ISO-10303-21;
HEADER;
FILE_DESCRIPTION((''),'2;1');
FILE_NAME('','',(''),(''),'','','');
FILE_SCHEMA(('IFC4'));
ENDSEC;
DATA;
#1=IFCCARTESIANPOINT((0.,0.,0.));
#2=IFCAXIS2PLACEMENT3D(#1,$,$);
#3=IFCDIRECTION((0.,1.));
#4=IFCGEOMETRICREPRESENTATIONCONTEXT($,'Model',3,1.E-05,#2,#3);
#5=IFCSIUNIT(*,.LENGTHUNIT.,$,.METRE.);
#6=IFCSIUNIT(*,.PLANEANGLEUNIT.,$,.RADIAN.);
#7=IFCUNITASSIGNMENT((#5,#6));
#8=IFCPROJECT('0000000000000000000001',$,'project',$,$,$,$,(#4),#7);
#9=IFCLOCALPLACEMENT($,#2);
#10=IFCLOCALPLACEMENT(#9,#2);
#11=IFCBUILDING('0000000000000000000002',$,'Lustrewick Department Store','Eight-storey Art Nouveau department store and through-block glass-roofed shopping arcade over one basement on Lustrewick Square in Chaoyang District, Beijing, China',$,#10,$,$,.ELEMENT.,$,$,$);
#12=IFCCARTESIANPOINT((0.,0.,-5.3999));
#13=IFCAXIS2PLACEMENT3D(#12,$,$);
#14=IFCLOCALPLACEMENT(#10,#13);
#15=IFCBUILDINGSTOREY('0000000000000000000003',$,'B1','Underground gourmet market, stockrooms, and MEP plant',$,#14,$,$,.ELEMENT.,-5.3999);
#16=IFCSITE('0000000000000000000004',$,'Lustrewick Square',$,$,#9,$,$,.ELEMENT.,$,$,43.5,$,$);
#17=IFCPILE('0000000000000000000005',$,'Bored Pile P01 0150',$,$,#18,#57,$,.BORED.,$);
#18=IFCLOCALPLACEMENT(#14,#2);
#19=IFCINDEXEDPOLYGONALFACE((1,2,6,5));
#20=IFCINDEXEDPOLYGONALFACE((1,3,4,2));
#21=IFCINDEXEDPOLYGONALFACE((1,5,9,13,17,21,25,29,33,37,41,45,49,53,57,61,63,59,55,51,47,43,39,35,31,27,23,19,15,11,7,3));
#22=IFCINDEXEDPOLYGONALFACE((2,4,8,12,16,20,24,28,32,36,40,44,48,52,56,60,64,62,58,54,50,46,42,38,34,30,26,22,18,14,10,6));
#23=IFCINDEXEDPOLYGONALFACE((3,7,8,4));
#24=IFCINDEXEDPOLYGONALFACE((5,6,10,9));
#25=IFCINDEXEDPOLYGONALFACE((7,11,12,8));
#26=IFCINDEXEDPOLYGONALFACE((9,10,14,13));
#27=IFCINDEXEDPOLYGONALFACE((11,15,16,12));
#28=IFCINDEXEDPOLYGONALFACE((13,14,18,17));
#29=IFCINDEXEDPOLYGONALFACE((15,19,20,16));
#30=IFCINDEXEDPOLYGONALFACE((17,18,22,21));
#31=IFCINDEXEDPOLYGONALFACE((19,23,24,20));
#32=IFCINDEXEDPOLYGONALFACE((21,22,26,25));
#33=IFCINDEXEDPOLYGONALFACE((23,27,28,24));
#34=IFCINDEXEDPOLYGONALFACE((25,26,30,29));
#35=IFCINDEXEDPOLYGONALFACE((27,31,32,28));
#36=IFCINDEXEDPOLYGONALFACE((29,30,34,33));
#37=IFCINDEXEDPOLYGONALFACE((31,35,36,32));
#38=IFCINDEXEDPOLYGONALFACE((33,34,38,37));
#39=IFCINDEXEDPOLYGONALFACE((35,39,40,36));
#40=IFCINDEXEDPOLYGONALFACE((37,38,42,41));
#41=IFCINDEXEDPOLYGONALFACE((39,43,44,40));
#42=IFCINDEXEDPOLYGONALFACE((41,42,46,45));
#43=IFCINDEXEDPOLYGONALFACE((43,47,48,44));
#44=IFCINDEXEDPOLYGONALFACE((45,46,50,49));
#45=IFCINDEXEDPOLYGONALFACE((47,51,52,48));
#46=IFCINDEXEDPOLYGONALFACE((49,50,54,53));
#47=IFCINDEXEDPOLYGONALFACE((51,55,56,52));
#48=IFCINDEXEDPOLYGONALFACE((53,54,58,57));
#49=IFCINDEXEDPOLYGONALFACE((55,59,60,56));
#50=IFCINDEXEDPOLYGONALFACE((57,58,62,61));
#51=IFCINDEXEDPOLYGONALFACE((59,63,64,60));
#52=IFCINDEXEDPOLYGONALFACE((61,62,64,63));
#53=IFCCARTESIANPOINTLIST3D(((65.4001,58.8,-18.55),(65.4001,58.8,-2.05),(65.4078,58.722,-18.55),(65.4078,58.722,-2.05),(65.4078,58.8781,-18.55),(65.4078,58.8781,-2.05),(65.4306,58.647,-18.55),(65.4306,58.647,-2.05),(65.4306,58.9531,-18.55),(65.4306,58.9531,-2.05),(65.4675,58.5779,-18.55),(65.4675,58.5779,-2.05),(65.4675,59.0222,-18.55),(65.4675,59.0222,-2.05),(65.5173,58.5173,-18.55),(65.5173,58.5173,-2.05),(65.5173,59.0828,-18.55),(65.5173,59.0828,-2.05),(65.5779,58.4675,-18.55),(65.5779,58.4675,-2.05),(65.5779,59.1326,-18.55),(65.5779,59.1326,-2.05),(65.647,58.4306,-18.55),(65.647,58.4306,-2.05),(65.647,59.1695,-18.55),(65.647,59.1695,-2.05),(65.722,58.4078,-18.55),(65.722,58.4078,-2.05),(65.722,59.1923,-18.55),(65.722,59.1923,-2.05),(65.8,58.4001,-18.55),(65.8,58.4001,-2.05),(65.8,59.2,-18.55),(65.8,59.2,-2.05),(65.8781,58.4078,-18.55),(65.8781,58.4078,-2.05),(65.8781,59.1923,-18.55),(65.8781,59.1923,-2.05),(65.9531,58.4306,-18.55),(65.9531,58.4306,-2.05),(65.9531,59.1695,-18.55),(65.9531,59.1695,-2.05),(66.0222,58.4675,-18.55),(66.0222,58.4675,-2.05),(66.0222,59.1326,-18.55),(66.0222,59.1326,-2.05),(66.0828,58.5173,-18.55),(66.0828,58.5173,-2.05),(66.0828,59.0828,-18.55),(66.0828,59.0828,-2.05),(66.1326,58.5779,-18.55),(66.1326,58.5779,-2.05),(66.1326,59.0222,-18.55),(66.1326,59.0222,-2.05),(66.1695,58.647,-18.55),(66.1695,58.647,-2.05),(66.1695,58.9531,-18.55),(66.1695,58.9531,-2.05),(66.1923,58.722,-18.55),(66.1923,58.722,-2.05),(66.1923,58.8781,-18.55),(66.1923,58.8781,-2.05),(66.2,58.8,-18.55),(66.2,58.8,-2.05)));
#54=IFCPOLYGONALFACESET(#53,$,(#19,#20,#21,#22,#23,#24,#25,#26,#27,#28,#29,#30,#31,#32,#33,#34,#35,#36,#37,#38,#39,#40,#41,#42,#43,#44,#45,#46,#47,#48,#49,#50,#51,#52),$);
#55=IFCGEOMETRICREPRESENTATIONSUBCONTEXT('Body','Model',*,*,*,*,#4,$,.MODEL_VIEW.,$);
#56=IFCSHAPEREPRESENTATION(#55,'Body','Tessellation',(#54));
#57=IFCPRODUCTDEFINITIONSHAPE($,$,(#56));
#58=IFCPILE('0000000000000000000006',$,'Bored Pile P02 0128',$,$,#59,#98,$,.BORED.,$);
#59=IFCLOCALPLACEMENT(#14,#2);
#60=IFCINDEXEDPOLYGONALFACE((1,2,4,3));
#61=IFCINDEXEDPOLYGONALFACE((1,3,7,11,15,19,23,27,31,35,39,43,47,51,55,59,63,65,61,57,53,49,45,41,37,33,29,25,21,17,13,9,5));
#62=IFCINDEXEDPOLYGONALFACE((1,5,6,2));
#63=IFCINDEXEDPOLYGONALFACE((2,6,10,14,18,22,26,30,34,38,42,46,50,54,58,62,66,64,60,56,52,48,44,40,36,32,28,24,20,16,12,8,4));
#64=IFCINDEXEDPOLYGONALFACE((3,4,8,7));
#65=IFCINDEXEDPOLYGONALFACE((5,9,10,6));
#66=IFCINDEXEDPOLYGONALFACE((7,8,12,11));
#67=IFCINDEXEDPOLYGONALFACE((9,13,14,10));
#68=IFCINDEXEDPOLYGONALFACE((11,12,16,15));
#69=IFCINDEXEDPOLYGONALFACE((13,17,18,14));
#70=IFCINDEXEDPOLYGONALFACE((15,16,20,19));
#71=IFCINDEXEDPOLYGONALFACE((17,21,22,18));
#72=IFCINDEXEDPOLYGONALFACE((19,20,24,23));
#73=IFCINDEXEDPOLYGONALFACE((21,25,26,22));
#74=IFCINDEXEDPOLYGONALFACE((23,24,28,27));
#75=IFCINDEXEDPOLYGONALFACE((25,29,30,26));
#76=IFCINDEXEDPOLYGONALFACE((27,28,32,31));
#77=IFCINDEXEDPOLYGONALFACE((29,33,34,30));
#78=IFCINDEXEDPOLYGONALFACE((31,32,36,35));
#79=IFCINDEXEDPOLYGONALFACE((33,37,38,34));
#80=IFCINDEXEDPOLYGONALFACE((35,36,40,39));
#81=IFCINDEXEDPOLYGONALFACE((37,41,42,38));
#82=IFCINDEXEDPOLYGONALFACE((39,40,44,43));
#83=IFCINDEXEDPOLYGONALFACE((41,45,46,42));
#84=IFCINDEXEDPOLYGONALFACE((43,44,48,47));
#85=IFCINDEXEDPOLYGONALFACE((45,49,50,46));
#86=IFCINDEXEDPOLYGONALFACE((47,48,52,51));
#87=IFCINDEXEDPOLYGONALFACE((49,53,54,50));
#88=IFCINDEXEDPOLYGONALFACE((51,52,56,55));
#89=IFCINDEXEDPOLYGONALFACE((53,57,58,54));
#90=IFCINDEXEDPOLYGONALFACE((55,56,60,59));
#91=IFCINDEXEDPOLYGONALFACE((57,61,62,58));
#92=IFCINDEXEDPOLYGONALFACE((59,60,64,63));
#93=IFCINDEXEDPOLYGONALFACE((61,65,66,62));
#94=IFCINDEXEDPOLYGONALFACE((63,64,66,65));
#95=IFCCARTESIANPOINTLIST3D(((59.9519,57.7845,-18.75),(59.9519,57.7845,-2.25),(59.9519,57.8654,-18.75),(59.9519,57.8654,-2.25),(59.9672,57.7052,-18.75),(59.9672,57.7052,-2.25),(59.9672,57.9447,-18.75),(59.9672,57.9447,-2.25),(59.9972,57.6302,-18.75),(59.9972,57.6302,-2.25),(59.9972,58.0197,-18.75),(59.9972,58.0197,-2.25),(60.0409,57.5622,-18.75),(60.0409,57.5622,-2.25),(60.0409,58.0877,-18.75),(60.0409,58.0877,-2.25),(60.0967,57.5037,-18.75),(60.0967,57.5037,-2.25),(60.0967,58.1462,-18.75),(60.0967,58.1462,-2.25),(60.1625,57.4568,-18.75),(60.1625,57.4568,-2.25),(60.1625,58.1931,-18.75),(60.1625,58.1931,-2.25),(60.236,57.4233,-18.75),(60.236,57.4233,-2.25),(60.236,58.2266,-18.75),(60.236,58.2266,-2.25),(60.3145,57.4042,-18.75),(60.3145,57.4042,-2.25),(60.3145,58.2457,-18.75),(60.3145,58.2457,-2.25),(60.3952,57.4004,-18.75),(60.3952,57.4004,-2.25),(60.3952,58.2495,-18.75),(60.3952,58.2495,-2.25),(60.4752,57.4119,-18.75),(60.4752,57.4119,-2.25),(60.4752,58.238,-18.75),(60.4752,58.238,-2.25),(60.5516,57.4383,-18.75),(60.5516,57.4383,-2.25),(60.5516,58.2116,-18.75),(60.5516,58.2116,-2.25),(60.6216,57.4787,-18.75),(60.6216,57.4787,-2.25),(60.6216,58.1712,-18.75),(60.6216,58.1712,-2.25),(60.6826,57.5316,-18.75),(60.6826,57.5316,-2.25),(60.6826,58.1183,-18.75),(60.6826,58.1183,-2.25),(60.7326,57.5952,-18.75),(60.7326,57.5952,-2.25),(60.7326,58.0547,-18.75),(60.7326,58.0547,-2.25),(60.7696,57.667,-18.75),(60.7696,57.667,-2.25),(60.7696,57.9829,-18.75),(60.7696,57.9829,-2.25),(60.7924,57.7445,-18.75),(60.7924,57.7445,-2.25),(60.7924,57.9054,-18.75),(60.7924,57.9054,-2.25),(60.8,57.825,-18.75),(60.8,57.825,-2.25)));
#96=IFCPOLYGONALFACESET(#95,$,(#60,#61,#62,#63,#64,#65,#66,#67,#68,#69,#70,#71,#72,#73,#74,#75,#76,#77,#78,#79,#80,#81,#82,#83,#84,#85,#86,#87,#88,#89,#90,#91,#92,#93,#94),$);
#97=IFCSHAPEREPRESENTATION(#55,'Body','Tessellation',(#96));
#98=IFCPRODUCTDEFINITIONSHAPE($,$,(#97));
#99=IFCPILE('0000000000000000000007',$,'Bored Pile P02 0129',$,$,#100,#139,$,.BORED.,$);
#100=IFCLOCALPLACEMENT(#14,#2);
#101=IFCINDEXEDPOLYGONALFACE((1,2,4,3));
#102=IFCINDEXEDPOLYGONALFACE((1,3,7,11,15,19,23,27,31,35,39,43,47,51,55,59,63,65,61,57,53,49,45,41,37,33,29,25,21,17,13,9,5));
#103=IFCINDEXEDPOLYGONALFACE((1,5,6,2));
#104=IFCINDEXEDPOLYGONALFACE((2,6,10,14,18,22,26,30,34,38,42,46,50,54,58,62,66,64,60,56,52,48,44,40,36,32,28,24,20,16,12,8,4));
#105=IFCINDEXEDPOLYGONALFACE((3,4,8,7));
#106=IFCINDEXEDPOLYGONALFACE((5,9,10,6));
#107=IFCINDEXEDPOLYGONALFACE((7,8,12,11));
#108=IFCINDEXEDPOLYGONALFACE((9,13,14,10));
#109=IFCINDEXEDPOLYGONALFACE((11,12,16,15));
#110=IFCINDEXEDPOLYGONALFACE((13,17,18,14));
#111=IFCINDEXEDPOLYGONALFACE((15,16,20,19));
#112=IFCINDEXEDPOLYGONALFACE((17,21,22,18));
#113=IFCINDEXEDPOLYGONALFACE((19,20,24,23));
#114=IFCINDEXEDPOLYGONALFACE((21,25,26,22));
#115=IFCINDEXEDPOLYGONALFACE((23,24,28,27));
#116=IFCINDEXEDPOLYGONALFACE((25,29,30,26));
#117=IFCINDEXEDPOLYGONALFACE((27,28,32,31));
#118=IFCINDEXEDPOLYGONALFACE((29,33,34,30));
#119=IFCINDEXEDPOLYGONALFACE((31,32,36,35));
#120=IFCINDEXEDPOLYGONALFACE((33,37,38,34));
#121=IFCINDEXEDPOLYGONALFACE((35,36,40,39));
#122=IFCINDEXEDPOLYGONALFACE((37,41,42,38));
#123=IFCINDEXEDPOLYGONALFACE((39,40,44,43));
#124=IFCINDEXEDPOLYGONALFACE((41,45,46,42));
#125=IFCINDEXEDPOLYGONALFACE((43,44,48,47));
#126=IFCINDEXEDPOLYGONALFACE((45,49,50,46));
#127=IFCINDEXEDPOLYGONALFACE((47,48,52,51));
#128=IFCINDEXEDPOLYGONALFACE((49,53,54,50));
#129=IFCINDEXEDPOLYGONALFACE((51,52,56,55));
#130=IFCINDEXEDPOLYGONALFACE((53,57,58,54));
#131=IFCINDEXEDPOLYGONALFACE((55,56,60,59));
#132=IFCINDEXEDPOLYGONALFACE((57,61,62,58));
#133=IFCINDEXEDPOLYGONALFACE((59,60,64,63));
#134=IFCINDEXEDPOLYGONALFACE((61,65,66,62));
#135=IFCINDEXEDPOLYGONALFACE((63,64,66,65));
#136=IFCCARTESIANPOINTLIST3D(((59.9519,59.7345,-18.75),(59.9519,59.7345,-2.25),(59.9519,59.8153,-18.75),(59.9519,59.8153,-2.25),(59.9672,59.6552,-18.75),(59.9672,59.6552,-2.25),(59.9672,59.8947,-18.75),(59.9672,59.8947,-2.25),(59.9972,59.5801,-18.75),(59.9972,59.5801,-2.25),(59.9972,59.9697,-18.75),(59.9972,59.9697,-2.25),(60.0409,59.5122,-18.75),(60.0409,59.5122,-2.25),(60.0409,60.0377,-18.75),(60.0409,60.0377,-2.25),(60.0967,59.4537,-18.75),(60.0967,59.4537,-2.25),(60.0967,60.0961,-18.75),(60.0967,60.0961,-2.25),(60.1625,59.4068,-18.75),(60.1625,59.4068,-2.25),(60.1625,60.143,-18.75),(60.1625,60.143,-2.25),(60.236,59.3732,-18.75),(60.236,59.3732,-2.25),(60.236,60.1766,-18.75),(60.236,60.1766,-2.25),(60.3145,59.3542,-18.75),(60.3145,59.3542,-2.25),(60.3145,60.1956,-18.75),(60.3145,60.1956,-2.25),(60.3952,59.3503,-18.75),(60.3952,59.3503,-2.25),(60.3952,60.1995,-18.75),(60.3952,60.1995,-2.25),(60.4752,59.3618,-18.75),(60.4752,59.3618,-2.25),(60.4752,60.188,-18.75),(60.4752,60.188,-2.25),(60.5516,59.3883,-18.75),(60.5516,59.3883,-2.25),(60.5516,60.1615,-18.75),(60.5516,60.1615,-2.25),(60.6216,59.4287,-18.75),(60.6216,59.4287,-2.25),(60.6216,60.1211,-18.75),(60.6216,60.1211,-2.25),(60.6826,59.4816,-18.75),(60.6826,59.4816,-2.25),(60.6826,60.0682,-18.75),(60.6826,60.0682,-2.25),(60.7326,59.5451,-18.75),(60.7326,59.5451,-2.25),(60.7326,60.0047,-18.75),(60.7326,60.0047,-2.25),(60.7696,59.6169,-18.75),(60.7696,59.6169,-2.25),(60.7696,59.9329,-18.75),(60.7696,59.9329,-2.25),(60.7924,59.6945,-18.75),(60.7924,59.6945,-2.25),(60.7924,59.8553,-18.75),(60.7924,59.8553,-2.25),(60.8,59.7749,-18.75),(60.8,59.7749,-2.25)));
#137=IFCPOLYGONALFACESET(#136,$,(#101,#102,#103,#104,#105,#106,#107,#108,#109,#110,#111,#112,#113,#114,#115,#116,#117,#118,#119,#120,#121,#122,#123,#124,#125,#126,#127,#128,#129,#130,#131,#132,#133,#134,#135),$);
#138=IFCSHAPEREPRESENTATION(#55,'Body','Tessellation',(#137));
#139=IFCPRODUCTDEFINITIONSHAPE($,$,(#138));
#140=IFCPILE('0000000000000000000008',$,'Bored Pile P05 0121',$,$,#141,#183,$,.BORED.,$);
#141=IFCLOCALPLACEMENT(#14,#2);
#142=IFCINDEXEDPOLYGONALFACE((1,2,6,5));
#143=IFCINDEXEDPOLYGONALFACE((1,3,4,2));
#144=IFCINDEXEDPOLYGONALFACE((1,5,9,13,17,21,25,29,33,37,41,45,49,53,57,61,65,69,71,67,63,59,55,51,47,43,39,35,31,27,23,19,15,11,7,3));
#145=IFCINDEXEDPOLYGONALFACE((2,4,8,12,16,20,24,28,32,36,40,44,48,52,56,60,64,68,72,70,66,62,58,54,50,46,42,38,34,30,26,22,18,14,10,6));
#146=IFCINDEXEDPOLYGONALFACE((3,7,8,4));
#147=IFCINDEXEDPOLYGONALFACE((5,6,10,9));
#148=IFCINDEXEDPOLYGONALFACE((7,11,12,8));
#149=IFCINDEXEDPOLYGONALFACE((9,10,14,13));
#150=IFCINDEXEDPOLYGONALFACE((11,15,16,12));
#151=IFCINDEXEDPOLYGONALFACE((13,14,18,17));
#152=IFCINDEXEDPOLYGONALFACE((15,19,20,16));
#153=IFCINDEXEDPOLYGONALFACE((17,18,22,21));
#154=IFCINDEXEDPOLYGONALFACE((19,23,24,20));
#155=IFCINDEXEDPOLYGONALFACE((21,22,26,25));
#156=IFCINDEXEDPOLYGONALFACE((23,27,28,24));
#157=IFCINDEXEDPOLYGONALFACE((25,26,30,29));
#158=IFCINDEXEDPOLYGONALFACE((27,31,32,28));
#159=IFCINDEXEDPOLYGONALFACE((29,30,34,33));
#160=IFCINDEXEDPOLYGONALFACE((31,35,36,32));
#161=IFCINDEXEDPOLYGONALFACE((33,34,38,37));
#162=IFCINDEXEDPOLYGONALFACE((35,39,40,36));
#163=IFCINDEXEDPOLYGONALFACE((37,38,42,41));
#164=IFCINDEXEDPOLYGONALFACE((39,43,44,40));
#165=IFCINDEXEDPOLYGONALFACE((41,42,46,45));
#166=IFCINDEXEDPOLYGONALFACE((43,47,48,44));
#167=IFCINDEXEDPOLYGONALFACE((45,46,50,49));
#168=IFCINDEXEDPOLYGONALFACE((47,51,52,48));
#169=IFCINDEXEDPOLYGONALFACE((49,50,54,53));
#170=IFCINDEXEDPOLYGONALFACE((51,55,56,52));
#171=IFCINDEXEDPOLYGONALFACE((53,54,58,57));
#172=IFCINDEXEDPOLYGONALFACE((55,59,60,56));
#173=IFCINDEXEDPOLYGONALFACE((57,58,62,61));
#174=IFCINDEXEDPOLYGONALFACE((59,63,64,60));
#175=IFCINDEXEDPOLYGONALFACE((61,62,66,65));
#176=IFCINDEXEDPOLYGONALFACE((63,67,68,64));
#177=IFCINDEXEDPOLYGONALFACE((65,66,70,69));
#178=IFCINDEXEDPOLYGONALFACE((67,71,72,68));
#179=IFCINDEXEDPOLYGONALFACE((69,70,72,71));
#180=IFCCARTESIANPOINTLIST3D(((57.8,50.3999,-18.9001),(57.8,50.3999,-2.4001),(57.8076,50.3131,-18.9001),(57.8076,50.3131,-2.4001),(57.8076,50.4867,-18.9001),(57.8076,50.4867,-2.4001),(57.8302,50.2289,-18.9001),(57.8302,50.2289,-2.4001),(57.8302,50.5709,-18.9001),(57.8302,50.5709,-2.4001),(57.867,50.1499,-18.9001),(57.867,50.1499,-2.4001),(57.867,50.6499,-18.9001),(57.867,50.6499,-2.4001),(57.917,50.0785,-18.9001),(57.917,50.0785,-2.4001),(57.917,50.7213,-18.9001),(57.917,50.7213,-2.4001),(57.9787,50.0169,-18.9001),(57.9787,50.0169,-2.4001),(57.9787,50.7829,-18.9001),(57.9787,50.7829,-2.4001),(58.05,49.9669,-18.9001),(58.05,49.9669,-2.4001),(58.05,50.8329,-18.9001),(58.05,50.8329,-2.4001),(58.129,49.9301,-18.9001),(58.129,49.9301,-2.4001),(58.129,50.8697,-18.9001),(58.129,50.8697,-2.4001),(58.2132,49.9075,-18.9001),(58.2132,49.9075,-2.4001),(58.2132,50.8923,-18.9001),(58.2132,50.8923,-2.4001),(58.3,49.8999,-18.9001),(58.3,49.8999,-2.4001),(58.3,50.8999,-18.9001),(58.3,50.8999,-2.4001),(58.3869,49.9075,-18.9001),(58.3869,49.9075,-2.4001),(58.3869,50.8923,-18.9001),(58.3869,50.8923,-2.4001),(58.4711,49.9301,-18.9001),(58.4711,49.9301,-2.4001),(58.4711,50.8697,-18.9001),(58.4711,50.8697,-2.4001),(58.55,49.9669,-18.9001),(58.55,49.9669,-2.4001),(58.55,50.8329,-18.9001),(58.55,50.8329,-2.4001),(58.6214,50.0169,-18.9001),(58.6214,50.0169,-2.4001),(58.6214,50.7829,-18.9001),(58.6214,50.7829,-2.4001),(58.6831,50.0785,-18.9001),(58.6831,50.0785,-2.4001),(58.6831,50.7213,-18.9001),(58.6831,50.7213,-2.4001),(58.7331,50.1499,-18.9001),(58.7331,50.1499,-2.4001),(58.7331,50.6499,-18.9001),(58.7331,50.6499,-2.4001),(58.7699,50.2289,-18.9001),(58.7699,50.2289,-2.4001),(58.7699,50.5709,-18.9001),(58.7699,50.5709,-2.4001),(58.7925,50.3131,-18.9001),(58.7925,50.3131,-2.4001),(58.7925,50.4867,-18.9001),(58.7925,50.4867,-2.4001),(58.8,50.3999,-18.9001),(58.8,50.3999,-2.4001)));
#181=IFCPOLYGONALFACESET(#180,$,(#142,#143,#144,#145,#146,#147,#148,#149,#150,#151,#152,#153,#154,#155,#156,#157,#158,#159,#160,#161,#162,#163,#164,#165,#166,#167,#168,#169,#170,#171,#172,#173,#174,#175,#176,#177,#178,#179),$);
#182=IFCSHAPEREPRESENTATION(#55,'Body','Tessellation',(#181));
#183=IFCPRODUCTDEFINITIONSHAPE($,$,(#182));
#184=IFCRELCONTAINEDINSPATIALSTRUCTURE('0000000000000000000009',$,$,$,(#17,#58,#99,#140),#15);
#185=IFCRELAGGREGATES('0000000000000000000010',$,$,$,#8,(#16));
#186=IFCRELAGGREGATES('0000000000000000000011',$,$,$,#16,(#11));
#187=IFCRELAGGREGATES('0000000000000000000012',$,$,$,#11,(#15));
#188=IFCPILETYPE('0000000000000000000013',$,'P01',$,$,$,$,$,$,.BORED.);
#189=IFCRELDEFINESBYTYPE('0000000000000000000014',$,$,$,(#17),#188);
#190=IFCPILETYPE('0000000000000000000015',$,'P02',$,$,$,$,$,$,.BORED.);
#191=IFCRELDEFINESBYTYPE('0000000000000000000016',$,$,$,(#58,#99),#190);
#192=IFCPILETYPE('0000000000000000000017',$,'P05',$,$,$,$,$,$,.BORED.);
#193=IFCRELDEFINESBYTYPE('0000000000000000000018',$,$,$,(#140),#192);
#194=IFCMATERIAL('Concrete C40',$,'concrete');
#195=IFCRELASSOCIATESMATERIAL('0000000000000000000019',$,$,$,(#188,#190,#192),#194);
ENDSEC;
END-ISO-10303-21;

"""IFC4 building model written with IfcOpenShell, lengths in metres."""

from ifc_helpers import new_model, si_unit, direction, frame, origin, origin_2d, place, context, subcontext, project, spatial, circle, extrude, material, material_profile, profile_set, type_object, element, save


model = new_model("IFC4")

# Units and contexts
model_context = context("Model", 3, precision=1e-05, world=origin(), true_north=direction((0.0, 1.0)))
body_context = subcontext(model_context, "Body", "Model", "MODEL_VIEW")
ifc_project = project(units=[si_unit("LENGTHUNIT", "METRE"), si_unit("PLANEANGLEUNIT", "RADIAN")], contexts=[model_context])

# Site, building, storey
site_placement = place(None, origin())
site = spatial("IfcSite", under=ifc_project, at=site_placement, Name="Lustrewick Square", CompositionType="ELEMENT", RefElevation=43.5)
building_placement = place(site_placement, origin())
building = spatial("IfcBuilding", under=site, at=building_placement, Name="Lustrewick Department Store", Description="Eight-storey Art Nouveau department store and through-block glass-roofed shopping arcade over one basement on Lustrewick Square in Chaoyang District, Beijing, China", CompositionType="ELEMENT")
storey_placement = place(building_placement, frame((0.0, 0.0, -5.3999)))
storey = spatial("IfcBuildingStorey", under=building, at=storey_placement, Name="B1", Description="Underground gourmet market, stockrooms, and MEP plant", CompositionType="ELEMENT", Elevation=-5.3999)

# Piles
ifc_material_1 = material(Name="Concrete C40", Category="concrete")
ifc_material_profile_1 = material_profile(ifc_material_1, circle(Radius=0.3999, at=origin_2d()), Name="PILE D800")
ifc_profile_set_1 = profile_set([ifc_material_profile_1], Name="Concrete C40")
pile_type_1 = type_object("IfcPileType", Name="P01", PredefinedType="BORED", material=ifc_profile_set_1)
pile_1_placement = place(storey_placement, frame((65.8, 58.8, -2.05), z_axis=(0.0, 0.0, -1.0), x_axis=(1.0, 0.0, 0.0)))
element("IfcPile", 1, at=pile_1_placement, inside=storey, type_object=pile_type_1, Name="Bored Pile P01 0150", PredefinedType="BORED", context=body_context, shape_type="SweptSolid", body=[
    extrude(circle(Radius=0.3999, at=origin_2d()), origin(), (0.0, 0.0, 1.0), 16.5),
])
ifc_material_profile_2 = material_profile(ifc_material_1, circle(Radius=0.425, at=origin_2d()), Name="PILE D850")
ifc_profile_set_2 = profile_set([ifc_material_profile_2], Name="Concrete C40")
pile_type_2 = type_object("IfcPileType", Name="P02", PredefinedType="BORED", material=ifc_profile_set_2)
for number, where, z_axis, x_axis, name in (
    (2, (60.375, 57.825, -2.25), (0.0, 0.0, -1.0), (1.0, 0.0, 0.0), "Bored Pile P02 0128"),
    (3, (60.375, 59.7749, -2.25), (0.0, 0.0, -1.0), (1.0, 0.0, 0.0), "Bored Pile P02 0129"),
):
    element("IfcPile", number, at=place(storey_placement, frame(where, z_axis=z_axis, x_axis=x_axis)), inside=storey, type_object=pile_type_2, Name=name, PredefinedType="BORED", context=body_context, shape_type="SweptSolid", body=[
        extrude(circle(Radius=0.425, at=origin_2d()), origin(), (0.0, 0.0, 1.0), 16.5),
    ])
ifc_material_profile_3 = material_profile(ifc_material_1, circle(Radius=0.5, at=origin_2d()), Name="PILE D1000")
ifc_profile_set_3 = profile_set([ifc_material_profile_3], Name="Concrete C40")
pile_type_3 = type_object("IfcPileType", Name="P05", PredefinedType="BORED", material=ifc_profile_set_3)
for number, where, z_axis, x_axis, name in (
    (4, (58.3, 50.3999, -2.4001), (0.0, 0.0, -1.0), (1.0, 0.0, 0.0), "Bored Pile P05 0121"),
):
    element("IfcPile", number, at=place(storey_placement, frame(where, z_axis=z_axis, x_axis=x_axis)), inside=storey, type_object=pile_type_3, Name=name, PredefinedType="BORED", context=body_context, shape_type="SweptSolid", body=[
        extrude(circle(Radius=0.5, at=origin_2d()), origin(), (0.0, 0.0, 1.0), 16.5),
    ])

save(model, "model.ifc")
